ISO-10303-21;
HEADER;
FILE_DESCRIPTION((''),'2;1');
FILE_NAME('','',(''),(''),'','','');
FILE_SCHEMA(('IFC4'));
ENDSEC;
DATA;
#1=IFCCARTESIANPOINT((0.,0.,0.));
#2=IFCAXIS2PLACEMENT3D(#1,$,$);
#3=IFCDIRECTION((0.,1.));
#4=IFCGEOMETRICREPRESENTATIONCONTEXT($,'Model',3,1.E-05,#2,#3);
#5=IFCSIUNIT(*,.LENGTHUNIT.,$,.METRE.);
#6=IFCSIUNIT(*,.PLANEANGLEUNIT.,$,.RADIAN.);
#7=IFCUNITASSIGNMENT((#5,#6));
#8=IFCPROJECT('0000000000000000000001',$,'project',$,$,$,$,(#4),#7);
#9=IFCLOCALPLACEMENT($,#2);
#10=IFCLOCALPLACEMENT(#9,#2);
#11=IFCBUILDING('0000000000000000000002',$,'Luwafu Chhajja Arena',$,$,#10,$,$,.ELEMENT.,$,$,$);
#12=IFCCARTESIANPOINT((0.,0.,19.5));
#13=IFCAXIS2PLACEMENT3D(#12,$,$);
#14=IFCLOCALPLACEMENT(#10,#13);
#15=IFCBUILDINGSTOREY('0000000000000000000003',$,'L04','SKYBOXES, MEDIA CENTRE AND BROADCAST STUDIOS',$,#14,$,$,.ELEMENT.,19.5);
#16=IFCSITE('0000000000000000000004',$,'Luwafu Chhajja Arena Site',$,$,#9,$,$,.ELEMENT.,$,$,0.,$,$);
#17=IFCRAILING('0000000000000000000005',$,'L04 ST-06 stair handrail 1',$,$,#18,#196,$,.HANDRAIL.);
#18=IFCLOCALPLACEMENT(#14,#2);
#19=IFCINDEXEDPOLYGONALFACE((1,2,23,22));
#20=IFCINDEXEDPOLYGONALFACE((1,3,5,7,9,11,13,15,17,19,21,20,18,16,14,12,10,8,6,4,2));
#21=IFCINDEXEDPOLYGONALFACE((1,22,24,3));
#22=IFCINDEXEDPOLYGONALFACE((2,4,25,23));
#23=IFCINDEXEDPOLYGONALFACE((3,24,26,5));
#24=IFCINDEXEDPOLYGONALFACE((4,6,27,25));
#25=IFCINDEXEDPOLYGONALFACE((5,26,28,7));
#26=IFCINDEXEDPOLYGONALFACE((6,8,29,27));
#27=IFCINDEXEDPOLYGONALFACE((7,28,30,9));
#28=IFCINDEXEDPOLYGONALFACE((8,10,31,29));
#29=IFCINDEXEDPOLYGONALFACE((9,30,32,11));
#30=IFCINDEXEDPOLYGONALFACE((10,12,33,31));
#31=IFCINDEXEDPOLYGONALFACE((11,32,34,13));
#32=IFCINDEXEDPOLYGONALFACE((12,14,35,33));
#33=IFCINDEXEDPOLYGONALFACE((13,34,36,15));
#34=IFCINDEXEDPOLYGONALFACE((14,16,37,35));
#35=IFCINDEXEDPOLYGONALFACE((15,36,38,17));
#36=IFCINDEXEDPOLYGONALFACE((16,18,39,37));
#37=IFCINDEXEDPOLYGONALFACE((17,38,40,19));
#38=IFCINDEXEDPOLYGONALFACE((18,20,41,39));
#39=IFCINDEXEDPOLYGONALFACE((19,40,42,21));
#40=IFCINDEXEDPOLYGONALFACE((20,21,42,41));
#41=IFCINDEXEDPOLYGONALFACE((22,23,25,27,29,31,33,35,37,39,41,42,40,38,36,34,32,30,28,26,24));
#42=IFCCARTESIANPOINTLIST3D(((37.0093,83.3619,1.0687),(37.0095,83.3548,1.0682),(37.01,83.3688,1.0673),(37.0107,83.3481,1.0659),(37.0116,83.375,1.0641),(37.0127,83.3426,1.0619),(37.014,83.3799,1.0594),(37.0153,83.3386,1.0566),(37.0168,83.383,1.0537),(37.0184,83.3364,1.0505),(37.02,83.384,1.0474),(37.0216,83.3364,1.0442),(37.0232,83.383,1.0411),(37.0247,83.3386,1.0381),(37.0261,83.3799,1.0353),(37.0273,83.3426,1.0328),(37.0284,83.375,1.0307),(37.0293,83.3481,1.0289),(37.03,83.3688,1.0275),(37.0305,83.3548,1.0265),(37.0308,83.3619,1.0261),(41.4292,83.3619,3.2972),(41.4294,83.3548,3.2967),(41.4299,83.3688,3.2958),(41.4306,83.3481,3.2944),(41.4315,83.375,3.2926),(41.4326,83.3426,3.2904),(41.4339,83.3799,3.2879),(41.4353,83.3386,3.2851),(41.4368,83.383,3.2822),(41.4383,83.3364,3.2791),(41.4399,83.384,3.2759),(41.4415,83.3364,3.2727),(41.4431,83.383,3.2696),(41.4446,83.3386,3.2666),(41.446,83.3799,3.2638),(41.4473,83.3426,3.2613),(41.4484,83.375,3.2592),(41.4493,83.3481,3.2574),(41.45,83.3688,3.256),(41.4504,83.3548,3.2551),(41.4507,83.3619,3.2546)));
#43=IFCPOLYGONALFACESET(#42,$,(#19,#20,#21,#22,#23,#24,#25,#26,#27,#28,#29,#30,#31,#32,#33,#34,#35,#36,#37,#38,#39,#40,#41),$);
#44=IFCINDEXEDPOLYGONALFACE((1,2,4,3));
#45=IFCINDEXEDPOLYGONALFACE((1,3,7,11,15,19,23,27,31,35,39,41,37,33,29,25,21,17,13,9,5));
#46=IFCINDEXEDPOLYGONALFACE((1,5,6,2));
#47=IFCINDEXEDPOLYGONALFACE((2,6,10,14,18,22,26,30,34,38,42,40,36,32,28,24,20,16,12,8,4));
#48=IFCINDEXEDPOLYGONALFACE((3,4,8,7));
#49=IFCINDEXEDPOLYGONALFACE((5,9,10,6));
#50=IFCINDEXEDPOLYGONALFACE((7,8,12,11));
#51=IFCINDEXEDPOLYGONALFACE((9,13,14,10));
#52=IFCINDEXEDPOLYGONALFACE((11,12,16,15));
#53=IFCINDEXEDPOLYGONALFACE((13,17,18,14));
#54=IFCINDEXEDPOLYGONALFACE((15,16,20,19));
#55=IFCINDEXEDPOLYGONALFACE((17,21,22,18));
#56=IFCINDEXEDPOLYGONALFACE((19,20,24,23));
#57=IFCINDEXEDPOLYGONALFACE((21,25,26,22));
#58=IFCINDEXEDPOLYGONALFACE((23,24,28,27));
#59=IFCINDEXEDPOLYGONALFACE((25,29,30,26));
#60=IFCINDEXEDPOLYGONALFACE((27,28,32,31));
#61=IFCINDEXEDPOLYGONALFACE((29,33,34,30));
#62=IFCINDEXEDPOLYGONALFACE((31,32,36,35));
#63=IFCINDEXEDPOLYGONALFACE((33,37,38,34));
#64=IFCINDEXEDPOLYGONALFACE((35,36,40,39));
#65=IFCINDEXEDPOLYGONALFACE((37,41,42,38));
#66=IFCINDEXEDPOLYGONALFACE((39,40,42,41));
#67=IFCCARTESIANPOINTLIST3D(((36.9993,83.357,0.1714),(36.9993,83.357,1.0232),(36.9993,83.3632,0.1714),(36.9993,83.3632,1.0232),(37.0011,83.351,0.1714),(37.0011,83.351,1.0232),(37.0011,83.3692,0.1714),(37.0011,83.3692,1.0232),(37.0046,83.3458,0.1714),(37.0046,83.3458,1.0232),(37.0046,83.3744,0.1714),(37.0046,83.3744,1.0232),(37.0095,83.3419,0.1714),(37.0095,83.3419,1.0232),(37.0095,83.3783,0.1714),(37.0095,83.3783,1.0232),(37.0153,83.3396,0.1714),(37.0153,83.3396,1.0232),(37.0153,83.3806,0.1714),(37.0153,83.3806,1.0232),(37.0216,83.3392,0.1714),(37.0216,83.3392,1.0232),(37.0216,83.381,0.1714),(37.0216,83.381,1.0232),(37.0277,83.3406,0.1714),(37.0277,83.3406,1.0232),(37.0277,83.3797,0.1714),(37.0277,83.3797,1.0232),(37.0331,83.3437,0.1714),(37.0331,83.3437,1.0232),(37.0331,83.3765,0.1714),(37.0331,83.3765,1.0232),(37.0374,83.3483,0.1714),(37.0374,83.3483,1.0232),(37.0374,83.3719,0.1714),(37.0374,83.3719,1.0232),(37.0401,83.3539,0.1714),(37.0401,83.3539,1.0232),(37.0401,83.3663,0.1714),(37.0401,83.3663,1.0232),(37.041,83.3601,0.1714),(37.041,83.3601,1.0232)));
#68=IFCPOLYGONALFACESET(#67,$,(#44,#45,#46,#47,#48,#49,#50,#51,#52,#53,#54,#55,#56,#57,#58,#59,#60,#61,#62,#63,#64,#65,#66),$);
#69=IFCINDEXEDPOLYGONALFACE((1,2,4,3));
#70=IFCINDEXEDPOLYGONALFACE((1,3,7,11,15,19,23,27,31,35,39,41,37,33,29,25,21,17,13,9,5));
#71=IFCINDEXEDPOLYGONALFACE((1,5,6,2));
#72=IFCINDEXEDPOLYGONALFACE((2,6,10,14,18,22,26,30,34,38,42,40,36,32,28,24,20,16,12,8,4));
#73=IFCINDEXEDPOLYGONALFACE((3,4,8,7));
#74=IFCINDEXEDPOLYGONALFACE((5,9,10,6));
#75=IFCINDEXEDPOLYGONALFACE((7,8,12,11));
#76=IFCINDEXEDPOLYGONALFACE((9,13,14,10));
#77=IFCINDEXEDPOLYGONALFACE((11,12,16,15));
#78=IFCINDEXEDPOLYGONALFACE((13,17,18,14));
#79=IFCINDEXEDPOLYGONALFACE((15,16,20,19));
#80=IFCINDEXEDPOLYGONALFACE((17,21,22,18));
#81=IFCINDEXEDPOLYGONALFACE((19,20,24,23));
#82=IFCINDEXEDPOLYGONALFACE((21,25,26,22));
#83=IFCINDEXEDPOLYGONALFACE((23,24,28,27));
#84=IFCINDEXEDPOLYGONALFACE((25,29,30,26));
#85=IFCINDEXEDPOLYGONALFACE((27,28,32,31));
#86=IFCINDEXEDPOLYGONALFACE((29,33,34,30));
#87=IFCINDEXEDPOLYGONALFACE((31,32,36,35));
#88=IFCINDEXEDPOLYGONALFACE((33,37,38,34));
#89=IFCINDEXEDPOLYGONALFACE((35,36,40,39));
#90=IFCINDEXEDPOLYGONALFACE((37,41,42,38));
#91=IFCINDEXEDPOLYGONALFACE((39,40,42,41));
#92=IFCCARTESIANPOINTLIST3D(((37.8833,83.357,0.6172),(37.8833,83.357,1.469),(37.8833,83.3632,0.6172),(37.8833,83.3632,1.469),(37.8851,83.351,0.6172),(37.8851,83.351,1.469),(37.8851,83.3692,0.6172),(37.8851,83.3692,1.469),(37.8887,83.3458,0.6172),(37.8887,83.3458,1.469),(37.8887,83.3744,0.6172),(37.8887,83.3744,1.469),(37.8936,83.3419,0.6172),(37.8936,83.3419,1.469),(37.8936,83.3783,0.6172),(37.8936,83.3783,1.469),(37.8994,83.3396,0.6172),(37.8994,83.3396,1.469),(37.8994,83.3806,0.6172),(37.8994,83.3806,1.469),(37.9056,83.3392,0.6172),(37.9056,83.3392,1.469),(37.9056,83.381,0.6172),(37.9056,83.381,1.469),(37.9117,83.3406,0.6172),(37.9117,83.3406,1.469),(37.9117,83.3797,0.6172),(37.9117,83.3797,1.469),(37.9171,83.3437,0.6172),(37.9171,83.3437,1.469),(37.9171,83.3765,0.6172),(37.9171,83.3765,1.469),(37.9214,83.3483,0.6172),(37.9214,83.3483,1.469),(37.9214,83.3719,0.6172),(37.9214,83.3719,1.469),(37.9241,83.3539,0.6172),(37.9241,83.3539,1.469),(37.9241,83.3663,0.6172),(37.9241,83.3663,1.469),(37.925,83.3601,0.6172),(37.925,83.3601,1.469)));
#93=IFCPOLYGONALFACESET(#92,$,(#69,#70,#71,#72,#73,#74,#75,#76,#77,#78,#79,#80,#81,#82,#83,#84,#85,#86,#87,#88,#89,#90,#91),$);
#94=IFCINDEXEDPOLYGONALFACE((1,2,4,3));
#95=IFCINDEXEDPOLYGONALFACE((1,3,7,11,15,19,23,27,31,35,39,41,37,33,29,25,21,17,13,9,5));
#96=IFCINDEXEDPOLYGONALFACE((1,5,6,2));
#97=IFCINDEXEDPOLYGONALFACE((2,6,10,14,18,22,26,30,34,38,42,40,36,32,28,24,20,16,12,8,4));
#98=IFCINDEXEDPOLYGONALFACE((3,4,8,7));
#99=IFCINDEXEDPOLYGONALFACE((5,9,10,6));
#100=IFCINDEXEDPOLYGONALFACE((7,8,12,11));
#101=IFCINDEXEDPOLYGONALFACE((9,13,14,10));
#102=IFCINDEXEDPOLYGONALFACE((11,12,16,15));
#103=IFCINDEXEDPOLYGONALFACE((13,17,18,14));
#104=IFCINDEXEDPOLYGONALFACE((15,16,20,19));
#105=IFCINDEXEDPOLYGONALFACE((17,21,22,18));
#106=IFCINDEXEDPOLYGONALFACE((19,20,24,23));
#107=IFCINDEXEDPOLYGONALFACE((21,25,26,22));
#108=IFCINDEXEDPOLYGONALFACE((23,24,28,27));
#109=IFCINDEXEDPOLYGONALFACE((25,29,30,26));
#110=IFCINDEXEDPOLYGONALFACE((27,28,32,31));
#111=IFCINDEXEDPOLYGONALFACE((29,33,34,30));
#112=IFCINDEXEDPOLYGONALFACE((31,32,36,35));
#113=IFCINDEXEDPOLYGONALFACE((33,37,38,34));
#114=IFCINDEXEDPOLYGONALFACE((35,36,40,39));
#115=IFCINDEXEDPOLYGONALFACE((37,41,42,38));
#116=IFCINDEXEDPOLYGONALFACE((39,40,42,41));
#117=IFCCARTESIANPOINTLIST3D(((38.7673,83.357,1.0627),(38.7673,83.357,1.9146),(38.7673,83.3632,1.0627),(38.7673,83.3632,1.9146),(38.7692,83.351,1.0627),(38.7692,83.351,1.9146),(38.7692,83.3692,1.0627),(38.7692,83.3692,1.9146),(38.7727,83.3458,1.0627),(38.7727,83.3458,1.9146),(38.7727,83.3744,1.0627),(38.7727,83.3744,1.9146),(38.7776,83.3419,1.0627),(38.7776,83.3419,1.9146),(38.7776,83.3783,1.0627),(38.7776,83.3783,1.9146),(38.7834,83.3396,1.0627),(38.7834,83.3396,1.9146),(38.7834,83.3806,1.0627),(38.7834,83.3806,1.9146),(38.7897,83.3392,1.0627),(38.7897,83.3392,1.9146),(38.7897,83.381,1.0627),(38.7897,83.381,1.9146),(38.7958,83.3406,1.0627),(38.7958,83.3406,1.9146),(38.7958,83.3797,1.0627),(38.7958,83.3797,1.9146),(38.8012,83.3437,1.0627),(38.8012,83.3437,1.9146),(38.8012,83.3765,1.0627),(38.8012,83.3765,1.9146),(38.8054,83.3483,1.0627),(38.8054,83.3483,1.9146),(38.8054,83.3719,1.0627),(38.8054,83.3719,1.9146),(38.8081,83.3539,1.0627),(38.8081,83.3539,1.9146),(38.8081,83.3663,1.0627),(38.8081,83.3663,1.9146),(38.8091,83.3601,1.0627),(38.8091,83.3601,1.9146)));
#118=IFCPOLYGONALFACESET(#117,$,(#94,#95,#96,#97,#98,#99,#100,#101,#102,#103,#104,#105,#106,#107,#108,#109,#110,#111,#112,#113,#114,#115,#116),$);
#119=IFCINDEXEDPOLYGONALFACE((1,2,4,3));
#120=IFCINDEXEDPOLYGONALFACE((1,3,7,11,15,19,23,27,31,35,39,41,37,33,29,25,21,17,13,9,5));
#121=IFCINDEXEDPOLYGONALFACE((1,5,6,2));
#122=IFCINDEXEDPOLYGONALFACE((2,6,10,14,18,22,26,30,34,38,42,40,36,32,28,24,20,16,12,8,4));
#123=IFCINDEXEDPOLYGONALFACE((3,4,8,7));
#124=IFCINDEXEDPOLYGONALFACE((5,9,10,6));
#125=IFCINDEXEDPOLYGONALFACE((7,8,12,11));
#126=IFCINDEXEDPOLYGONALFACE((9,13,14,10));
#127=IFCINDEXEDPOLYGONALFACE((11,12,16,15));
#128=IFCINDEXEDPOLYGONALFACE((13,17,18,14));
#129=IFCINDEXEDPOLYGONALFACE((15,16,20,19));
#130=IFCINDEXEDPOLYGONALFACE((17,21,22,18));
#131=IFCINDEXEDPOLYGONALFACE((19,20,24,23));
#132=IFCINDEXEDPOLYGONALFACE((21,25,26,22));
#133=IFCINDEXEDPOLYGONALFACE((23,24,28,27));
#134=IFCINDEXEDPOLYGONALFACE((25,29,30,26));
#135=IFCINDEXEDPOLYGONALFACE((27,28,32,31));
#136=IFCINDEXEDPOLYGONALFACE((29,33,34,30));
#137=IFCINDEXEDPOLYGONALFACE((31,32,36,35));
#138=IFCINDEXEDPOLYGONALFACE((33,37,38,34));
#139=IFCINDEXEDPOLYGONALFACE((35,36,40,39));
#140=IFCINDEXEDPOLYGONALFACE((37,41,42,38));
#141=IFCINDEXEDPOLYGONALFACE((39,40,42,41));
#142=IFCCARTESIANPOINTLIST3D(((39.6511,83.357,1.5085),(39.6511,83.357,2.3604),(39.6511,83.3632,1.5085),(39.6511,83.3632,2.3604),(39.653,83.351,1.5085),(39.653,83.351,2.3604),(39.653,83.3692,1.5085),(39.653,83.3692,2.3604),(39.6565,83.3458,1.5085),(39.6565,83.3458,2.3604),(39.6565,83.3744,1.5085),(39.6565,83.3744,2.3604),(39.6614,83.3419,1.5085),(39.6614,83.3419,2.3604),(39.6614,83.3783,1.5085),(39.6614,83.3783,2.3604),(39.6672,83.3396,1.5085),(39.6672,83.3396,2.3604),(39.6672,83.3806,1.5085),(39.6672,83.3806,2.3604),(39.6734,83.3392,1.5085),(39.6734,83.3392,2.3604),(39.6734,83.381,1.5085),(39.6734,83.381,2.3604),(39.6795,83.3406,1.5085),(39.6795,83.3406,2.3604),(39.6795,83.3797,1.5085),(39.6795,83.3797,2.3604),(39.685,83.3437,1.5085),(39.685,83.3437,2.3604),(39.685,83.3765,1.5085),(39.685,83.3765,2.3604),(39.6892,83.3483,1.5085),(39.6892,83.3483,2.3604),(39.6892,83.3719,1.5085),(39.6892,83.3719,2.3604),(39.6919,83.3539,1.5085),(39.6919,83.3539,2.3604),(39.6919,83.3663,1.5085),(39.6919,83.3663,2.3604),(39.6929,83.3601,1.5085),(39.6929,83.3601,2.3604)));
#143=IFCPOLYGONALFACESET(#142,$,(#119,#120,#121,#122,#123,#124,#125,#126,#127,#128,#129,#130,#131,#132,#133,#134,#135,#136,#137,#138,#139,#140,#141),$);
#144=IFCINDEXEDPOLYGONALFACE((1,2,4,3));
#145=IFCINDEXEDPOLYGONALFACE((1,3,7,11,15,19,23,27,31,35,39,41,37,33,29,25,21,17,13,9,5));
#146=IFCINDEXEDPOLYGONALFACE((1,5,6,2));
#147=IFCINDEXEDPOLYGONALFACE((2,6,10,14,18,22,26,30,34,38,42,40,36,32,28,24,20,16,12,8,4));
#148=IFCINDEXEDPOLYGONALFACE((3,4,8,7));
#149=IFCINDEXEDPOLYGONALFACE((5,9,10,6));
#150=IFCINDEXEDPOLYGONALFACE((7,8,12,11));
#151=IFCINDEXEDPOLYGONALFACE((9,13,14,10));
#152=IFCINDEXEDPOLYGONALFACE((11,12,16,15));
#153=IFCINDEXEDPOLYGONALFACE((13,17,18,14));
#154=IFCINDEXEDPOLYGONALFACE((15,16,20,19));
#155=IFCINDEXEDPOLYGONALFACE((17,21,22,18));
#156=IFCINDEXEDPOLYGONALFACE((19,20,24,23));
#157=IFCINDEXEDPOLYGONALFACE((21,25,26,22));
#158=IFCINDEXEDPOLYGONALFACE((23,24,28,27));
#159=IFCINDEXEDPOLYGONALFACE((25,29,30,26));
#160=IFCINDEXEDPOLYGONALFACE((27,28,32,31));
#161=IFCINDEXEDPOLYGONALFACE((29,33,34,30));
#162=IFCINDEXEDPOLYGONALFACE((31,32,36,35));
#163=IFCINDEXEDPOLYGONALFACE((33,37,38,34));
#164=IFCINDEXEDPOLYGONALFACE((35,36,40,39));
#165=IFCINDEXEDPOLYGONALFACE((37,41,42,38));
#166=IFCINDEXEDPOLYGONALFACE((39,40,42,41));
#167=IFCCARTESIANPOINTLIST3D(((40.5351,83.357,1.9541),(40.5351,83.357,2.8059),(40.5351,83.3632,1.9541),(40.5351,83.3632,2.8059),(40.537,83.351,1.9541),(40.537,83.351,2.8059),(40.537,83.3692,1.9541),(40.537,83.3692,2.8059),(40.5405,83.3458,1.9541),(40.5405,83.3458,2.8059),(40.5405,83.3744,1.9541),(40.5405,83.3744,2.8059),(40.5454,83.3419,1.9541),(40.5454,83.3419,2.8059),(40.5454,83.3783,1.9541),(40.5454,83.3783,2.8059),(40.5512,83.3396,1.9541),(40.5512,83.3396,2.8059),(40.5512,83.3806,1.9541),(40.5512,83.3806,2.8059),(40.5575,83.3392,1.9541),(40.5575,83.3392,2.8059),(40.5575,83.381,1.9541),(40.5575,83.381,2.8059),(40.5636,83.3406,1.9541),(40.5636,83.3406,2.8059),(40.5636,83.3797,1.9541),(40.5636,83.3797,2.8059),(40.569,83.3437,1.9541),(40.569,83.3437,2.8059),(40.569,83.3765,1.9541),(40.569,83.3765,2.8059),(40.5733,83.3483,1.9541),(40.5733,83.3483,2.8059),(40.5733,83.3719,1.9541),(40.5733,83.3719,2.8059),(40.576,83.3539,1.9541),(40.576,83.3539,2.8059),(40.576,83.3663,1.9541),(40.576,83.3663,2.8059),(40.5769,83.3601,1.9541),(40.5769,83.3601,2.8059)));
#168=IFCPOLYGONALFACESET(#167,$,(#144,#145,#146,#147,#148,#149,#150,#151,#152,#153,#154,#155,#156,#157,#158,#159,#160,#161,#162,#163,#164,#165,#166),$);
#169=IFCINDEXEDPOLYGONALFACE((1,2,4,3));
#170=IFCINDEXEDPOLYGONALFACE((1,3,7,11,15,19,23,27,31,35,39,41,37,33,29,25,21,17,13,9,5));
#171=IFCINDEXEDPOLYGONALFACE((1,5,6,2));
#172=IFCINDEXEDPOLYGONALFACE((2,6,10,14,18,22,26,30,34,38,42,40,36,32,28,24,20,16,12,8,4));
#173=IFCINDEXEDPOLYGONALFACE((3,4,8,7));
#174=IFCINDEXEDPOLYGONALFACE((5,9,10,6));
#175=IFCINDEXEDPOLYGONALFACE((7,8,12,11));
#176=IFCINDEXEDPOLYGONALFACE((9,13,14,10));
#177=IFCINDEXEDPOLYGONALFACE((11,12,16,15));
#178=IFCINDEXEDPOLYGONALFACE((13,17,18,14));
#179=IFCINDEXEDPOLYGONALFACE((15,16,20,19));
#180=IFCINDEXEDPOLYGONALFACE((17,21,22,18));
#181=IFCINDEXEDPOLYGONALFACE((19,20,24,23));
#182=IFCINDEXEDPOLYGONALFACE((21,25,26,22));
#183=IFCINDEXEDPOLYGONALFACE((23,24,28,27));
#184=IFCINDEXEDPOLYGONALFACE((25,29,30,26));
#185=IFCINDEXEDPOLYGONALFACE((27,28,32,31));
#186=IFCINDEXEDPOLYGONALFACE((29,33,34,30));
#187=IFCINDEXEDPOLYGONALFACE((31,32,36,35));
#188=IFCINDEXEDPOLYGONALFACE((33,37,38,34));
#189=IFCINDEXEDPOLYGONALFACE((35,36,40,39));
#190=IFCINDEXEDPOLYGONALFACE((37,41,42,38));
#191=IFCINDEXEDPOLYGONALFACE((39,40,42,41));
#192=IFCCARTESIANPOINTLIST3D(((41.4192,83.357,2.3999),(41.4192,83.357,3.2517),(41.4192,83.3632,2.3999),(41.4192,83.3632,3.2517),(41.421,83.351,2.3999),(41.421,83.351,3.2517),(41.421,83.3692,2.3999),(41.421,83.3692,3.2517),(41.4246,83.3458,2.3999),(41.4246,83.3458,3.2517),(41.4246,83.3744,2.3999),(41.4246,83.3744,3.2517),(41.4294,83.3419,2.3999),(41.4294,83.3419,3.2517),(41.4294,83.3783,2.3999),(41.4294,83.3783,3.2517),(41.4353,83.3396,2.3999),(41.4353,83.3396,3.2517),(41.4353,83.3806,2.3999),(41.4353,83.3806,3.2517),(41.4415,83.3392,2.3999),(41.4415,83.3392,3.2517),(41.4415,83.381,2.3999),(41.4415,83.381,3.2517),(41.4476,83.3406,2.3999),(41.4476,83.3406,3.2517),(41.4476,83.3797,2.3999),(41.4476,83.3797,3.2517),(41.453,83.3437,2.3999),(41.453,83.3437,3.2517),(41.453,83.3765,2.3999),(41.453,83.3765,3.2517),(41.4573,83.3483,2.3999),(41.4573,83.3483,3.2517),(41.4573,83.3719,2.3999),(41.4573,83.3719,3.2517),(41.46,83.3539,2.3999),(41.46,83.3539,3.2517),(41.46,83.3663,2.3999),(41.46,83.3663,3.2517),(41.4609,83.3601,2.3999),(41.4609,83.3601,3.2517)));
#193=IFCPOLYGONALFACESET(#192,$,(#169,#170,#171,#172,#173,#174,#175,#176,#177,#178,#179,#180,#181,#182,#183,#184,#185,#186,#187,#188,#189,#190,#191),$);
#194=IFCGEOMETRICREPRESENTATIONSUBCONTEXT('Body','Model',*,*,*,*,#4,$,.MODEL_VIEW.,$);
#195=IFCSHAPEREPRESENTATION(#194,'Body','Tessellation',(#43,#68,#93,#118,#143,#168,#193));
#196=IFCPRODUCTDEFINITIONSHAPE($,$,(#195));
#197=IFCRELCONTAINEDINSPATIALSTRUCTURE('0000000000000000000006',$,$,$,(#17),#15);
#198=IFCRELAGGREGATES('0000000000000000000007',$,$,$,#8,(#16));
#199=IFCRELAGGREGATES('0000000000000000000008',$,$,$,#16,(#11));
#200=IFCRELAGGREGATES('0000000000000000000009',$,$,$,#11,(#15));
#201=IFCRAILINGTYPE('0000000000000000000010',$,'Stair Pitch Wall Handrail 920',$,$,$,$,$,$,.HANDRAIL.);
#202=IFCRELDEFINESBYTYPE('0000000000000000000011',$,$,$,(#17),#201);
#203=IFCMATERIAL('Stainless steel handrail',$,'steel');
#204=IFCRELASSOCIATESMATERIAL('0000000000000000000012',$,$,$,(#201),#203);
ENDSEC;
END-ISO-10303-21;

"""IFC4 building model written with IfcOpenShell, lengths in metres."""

from ifc_helpers import new_model, si_unit, direction, frame, origin, origin_2d, place, context, subcontext, project, spatial, circle, extrude, material, type_object, element, save


model = new_model("IFC4")

# Units and contexts
model_context = context("Model", 3, precision=1e-05, world=origin(), true_north=direction((0.0, 1.0)))
body_context = subcontext(model_context, "Body", "Model", "MODEL_VIEW")
ifc_project = project(units=[si_unit("LENGTHUNIT", "METRE"), si_unit("PLANEANGLEUNIT", "RADIAN")], contexts=[model_context])

# Site, building, storey
site_placement = place(None, origin())
site = spatial("IfcSite", under=ifc_project, at=site_placement, Name="Luwafu Chhajja Arena Site", CompositionType="ELEMENT", RefElevation=0.0)
building_placement = place(site_placement, origin())
building = spatial("IfcBuilding", under=site, at=building_placement, Name="Luwafu Chhajja Arena", CompositionType="ELEMENT")
storey_placement = place(building_placement, frame((0.0, 0.0, 19.5)))
storey = spatial("IfcBuildingStorey", under=building, at=storey_placement, Name="L04", Description="SKYBOXES, MEDIA CENTRE AND BROADCAST STUDIOS", CompositionType="ELEMENT", Elevation=19.5)

# Railing
ifc_material_1 = material(Name="Stainless steel handrail", Category="steel")
railing_type_1 = type_object("IfcRailingType", Name="Stair Pitch Wall Handrail 920", PredefinedType="HANDRAIL", material=ifc_material_1)
railing_1_placement = place(storey_placement, frame((37.02, 83.3601, 0.1714)))
element("IfcRailing", 1, at=railing_1_placement, inside=storey, type_object=railing_type_1, Name="L04 ST-06 stair handrail 1", PredefinedType="HANDRAIL", context=body_context, shape_type="SweptSolid", body=[
    extrude(circle(Radius=0.0239, at=origin_2d()), frame((0.0, 0.0, 0.876), z_axis=(0.892923, 0.0, 0.45021), x_axis=(0.0, 1.0, 0.0)), (0.0, 0.0, 1.0), 4.95),
    extrude(circle(Radius=0.021, at=origin_2d()), origin(), (0.0, 0.0, 1.0), 0.8518),
    extrude(circle(Radius=0.021, at=origin_2d()), frame((0.884, 0.0, 0.4458)), (0.0, 0.0, 1.0), 0.8518),
    extrude(circle(Radius=0.021, at=origin_2d()), frame((1.7681, 0.0, 0.8914)), (0.0, 0.0, 1.0), 0.8518),
    extrude(circle(Radius=0.021, at=origin_2d()), frame((2.6519, 0.0, 1.3372)), (0.0, 0.0, 1.0), 0.8518),
    extrude(circle(Radius=0.021, at=origin_2d()), frame((3.5359, 0.0, 1.7827)), (0.0, 0.0, 1.0), 0.8518),
    extrude(circle(Radius=0.021, at=origin_2d()), frame((4.4199, 0.0, 2.2285)), (0.0, 0.0, 1.0), 0.8518),
])

save(model, "model.ifc")
